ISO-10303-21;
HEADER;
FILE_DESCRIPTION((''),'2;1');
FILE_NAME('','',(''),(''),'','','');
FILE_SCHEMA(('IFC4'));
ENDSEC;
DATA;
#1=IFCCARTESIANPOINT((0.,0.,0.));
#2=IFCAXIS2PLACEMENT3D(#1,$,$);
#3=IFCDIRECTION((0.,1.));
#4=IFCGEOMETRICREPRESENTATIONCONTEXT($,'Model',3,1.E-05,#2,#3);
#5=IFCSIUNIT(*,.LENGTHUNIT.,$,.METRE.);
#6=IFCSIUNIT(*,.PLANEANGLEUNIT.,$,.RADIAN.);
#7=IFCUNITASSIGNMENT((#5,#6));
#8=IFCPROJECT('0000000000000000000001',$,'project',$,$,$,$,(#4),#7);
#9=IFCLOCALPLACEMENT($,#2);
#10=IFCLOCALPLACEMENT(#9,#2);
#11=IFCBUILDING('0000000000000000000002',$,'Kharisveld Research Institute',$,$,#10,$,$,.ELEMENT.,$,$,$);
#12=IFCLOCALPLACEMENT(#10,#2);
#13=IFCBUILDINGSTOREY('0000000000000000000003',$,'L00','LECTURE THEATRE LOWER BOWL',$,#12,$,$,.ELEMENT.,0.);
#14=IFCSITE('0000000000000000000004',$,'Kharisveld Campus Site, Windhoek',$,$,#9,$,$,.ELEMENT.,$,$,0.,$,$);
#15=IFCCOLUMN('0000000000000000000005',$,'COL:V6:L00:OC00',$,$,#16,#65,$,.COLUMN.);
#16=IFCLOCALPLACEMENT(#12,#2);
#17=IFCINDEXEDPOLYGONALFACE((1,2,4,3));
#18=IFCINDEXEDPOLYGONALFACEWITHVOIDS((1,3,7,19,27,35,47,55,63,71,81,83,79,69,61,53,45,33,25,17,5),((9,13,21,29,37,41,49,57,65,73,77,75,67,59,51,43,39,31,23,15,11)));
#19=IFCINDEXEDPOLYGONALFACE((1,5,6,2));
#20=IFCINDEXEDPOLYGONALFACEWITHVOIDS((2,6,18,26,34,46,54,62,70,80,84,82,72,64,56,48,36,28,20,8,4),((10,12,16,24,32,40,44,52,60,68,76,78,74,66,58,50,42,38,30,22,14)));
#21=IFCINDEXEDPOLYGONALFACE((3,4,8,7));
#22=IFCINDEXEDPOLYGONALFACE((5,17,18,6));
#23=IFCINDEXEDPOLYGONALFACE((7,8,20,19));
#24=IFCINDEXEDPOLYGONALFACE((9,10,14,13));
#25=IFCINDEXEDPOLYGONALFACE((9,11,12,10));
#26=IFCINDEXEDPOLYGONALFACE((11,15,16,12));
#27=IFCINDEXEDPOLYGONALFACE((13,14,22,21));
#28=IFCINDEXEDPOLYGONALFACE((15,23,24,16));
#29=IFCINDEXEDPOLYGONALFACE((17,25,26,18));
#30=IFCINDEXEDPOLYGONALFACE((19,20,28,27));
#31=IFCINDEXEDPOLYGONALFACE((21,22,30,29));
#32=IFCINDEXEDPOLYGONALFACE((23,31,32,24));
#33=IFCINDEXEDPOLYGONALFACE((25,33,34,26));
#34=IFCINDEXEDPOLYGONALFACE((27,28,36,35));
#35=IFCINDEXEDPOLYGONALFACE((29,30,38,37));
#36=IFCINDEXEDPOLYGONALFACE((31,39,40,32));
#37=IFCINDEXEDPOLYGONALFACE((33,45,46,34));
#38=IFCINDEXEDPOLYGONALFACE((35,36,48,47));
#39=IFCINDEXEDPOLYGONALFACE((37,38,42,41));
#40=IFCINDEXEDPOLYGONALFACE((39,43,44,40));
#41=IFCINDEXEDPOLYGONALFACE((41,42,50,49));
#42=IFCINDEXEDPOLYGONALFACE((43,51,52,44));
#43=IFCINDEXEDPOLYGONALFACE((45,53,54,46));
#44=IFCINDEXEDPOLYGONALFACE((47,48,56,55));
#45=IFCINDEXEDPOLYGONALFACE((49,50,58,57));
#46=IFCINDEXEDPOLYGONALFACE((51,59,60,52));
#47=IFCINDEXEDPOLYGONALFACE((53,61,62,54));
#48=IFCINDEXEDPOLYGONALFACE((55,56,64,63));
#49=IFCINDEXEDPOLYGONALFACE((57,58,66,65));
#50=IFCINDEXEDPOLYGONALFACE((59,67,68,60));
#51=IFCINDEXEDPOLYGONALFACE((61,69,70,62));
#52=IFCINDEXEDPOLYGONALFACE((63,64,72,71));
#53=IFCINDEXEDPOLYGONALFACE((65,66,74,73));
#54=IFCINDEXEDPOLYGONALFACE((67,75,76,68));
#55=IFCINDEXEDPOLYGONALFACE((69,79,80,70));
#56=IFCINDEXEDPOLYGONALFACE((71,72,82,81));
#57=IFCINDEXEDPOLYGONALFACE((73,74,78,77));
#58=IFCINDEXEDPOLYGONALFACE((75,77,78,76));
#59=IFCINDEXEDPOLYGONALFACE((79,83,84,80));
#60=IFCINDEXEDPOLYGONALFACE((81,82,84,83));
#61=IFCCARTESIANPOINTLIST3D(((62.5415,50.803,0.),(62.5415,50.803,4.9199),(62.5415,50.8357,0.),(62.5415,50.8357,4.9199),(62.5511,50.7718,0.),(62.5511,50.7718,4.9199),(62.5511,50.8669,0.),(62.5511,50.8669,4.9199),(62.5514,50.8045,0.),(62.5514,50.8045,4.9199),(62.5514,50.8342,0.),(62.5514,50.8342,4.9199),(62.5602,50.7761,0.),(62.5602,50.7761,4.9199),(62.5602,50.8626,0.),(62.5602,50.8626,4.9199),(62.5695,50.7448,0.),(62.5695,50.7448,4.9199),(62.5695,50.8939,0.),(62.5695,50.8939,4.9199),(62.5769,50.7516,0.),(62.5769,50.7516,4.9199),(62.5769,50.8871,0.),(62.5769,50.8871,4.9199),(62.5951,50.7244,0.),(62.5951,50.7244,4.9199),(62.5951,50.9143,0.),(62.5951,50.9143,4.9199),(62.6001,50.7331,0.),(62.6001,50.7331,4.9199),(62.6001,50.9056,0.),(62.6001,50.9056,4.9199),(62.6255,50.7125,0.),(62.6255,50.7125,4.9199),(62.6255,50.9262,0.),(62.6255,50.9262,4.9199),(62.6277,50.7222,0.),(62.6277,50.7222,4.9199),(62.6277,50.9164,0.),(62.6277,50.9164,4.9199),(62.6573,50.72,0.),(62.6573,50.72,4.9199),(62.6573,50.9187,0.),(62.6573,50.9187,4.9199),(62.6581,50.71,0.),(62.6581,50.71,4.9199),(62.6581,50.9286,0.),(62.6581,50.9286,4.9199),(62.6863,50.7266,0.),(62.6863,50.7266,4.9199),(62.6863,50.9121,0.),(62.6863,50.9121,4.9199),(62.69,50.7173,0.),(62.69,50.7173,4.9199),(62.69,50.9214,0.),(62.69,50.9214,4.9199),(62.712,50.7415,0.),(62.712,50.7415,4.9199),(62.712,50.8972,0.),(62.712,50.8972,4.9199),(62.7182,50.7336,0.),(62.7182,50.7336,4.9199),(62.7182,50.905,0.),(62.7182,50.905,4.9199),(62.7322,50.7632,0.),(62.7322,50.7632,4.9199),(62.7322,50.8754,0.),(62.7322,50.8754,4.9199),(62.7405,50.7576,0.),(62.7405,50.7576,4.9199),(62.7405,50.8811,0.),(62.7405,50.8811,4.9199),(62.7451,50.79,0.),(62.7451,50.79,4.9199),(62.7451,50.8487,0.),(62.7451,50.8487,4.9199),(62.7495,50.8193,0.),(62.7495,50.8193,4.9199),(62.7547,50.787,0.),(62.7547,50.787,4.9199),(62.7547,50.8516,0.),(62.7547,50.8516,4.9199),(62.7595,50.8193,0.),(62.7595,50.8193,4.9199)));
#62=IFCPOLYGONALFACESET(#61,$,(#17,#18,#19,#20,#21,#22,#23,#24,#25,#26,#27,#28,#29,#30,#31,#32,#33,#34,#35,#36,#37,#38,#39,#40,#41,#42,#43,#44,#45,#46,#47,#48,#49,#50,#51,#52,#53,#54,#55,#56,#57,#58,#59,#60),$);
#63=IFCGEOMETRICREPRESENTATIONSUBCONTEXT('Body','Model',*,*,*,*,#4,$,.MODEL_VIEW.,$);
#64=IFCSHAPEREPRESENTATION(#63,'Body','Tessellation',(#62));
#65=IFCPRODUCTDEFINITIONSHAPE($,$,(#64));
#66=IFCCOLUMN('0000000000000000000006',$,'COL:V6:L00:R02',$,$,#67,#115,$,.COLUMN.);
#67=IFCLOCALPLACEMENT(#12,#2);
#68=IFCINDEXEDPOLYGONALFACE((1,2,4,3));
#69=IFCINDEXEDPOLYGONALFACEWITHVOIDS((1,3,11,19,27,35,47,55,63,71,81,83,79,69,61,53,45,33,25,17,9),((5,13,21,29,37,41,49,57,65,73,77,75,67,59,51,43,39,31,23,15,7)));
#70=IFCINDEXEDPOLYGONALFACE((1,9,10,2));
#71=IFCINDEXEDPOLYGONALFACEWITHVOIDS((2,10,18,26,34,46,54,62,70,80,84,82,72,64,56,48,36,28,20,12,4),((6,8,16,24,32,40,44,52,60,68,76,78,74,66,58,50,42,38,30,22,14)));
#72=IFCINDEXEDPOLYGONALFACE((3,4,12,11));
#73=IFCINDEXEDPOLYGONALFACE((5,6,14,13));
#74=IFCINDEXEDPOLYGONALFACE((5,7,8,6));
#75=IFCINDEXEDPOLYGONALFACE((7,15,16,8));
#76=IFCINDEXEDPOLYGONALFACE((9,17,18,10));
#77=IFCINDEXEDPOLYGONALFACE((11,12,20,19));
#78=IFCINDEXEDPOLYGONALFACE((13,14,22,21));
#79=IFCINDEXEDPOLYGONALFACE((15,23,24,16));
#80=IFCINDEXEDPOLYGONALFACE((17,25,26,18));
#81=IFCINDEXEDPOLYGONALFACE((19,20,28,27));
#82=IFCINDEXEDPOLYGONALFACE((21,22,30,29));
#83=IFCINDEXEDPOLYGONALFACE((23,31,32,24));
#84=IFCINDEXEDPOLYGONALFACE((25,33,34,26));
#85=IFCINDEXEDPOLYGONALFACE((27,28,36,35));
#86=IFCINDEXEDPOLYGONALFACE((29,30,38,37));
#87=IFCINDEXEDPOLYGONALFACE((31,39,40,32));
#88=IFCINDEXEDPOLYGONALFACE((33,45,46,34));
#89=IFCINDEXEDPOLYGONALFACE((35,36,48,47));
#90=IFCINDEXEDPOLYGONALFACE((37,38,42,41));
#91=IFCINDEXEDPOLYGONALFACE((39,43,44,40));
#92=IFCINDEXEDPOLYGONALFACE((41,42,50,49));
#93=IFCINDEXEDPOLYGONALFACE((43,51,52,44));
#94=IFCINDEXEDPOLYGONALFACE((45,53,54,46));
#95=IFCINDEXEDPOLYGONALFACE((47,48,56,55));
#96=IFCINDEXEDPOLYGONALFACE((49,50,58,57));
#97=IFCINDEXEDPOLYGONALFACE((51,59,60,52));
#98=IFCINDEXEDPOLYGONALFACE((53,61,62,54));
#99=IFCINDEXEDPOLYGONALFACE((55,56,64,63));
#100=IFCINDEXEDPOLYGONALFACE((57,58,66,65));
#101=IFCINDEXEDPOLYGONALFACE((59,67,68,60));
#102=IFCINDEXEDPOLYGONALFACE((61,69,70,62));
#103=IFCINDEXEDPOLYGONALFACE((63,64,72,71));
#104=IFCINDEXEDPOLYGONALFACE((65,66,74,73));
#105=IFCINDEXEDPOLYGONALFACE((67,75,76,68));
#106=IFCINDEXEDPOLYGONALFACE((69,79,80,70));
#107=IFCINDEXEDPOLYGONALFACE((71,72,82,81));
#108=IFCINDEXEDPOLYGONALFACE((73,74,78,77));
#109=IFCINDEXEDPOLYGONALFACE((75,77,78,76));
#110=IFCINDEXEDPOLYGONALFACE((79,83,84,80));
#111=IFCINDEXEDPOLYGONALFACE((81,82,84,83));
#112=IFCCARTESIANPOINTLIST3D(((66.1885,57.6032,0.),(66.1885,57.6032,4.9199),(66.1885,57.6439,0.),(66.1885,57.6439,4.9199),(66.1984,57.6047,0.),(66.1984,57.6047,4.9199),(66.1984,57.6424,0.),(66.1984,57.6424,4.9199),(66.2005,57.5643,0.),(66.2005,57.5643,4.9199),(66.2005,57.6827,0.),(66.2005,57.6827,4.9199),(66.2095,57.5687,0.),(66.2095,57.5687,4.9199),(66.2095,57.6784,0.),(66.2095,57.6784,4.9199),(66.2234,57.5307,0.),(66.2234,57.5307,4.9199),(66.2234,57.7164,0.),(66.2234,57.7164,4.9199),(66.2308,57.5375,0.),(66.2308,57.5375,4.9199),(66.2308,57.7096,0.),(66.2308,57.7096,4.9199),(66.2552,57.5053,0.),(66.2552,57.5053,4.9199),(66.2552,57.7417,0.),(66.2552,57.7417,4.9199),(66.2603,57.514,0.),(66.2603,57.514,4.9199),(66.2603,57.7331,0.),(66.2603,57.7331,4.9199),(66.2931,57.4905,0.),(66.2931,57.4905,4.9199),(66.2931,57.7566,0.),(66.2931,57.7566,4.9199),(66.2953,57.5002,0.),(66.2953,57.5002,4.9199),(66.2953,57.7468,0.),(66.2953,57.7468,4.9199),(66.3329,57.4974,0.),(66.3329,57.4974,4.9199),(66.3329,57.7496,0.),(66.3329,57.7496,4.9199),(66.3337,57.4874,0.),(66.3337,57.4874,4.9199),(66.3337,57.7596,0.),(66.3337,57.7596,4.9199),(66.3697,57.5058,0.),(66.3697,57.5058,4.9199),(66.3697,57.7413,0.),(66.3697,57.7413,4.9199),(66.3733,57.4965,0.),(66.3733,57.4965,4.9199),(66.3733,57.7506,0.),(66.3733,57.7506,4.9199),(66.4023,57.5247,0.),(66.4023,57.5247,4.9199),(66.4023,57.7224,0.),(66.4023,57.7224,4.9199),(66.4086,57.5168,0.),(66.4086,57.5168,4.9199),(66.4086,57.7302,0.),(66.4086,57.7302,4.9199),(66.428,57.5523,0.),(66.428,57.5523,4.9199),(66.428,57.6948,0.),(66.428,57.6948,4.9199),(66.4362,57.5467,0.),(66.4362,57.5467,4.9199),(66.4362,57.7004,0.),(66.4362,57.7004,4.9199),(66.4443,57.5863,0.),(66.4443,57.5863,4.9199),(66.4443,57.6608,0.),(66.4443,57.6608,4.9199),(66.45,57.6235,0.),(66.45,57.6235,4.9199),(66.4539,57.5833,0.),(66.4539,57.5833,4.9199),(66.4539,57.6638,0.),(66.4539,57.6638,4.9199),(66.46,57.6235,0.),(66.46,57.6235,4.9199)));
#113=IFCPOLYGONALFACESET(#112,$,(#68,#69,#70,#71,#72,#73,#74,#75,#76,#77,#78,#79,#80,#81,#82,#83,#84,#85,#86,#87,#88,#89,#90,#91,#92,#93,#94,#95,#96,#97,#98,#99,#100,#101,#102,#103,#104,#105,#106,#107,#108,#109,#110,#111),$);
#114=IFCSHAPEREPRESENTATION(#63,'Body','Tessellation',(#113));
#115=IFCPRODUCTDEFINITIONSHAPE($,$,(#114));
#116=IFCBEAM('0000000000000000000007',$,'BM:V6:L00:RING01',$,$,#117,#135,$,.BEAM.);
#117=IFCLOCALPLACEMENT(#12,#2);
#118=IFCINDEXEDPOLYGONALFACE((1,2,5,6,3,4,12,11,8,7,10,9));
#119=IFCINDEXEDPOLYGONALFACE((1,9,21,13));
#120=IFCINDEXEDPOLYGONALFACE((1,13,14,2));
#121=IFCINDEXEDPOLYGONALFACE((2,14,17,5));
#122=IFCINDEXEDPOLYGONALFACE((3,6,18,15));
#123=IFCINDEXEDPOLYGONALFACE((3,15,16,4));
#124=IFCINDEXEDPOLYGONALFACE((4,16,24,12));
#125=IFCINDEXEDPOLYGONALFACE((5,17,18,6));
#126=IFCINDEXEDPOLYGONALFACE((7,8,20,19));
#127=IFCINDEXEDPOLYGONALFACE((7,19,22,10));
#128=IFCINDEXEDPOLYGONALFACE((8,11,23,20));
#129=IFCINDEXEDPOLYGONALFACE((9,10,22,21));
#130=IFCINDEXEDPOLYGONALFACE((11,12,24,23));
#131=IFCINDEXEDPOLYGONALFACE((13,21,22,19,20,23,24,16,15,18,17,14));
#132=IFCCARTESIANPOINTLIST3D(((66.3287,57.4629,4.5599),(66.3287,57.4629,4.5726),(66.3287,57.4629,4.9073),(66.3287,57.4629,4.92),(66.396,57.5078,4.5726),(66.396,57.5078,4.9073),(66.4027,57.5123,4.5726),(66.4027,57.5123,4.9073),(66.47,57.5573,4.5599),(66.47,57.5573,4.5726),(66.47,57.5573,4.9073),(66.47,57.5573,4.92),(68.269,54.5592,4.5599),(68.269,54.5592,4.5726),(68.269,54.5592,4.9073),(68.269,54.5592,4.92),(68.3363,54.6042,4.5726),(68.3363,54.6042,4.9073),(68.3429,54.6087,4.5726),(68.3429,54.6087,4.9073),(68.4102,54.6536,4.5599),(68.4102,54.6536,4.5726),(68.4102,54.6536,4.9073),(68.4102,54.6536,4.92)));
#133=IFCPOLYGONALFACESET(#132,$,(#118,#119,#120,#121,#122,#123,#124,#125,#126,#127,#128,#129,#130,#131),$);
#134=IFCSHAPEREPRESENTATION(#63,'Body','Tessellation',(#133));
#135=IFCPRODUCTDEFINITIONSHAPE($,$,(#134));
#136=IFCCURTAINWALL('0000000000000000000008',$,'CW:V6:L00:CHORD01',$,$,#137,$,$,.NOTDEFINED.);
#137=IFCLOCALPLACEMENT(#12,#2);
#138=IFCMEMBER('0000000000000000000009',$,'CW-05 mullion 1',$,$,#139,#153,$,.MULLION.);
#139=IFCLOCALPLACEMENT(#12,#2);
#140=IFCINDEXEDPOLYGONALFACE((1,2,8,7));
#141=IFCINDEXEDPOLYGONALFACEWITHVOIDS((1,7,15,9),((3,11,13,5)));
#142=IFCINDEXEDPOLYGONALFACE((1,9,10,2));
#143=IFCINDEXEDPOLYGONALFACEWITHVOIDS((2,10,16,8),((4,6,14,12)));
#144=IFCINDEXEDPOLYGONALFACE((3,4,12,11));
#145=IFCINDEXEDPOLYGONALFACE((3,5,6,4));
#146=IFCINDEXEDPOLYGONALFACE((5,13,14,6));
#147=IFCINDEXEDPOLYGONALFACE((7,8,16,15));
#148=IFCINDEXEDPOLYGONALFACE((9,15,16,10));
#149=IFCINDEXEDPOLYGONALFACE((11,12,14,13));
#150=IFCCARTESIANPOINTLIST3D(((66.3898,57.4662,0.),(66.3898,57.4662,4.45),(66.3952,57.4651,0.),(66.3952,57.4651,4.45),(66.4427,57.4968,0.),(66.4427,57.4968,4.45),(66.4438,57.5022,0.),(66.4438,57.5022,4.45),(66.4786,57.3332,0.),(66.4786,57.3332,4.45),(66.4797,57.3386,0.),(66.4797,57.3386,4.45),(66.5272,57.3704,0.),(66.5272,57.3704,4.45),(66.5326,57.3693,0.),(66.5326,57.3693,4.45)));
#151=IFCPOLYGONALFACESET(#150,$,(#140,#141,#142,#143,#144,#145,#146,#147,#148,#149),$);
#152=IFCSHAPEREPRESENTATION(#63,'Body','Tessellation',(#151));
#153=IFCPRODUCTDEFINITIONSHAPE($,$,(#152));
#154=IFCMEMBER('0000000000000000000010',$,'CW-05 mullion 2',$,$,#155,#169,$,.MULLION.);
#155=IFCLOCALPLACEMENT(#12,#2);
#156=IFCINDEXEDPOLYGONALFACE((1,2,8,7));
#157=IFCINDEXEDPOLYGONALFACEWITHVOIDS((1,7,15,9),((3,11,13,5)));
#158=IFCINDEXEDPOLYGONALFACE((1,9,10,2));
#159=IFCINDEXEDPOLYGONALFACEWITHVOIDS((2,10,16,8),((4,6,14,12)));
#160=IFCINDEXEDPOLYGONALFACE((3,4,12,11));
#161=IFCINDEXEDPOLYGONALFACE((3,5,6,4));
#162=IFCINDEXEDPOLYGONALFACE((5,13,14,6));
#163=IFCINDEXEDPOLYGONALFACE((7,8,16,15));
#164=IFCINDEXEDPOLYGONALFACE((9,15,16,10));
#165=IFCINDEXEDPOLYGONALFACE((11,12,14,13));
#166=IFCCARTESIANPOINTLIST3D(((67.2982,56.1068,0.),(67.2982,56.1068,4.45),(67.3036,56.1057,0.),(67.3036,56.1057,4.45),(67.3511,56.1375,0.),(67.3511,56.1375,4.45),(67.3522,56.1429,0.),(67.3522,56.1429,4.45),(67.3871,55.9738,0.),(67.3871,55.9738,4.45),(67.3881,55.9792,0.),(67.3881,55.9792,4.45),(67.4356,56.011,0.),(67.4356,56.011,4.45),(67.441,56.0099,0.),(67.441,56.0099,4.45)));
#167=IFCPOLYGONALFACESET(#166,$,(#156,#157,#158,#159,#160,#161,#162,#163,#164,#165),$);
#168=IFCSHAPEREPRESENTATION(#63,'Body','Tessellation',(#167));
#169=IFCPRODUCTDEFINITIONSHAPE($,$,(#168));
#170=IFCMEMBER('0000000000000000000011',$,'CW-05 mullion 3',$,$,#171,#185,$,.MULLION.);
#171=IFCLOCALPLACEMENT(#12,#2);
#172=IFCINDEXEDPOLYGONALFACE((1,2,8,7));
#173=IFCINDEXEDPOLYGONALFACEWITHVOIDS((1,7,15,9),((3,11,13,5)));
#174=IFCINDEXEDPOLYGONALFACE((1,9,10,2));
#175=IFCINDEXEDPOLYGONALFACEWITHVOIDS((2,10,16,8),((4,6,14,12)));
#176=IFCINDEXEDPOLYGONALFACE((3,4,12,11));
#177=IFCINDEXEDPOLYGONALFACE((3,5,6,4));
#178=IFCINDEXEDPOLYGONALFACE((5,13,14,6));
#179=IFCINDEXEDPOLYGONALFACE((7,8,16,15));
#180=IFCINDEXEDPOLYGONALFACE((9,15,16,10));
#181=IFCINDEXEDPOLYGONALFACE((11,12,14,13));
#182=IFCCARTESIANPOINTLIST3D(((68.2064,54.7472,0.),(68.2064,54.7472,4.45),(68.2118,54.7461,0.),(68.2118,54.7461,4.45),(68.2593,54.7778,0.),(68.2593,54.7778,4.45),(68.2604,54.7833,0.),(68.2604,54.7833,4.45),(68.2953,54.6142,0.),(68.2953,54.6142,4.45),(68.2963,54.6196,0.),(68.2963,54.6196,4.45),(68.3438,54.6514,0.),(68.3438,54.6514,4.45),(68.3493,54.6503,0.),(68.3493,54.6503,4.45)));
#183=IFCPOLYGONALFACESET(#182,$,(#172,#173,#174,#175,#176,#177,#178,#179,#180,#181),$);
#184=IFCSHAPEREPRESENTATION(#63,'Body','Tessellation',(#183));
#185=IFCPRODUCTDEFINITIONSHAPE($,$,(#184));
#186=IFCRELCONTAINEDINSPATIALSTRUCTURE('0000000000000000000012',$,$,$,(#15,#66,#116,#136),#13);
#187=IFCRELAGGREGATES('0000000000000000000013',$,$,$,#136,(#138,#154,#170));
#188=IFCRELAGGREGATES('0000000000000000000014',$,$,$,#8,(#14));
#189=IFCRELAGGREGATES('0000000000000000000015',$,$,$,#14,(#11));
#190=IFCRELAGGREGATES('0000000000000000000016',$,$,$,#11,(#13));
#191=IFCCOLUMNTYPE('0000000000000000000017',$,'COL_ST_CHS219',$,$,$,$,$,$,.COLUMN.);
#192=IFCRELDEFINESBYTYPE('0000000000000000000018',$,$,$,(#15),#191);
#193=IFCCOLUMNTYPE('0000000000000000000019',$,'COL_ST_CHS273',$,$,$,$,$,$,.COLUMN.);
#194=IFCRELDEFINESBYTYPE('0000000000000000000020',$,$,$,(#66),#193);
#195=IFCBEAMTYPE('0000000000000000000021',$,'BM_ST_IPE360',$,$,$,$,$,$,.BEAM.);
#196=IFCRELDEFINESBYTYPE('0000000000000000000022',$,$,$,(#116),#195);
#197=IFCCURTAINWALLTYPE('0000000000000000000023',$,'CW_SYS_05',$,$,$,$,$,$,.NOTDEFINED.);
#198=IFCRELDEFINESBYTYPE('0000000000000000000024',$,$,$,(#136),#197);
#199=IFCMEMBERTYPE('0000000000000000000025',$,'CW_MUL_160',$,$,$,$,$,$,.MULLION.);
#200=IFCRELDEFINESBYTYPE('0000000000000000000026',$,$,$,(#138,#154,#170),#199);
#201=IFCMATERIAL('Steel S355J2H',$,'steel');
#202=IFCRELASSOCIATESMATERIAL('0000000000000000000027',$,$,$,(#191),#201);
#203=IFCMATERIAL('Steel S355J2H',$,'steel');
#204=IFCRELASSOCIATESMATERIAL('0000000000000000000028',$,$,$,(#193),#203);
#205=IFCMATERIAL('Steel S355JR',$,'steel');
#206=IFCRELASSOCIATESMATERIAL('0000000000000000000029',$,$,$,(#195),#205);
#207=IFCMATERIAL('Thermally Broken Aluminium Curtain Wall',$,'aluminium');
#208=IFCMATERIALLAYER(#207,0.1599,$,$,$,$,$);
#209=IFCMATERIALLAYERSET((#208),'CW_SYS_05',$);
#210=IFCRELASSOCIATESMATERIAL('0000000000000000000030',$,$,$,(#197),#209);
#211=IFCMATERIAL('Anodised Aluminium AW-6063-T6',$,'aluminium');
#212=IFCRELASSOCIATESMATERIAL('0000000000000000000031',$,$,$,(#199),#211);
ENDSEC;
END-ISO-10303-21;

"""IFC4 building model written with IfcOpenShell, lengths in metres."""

from ifc_helpers import new_model, si_unit, direction, frame, origin, origin_2d, place, context, subcontext, project, spatial, hollow_rectangle, hollow_circle, i_section, extrude, material, layer, layer_set, material_profile, profile_set, type_object, element, aggregate, save


model = new_model("IFC4")

# Units and contexts
model_context = context("Model", 3, precision=1e-05, world=origin(), true_north=direction((0.0, 1.0)))
body_context = subcontext(model_context, "Body", "Model", "MODEL_VIEW")
ifc_project = project(units=[si_unit("LENGTHUNIT", "METRE"), si_unit("PLANEANGLEUNIT", "RADIAN")], contexts=[model_context])

# Site, building, storey
site_placement = place(None, origin())
site = spatial("IfcSite", under=ifc_project, at=site_placement, Name="Kharisveld Campus Site, Windhoek", CompositionType="ELEMENT", RefElevation=0.0)
building_placement = place(site_placement, origin())
building = spatial("IfcBuilding", under=site, at=building_placement, Name="Kharisveld Research Institute", CompositionType="ELEMENT")
storey_placement = place(building_placement, origin())
storey = spatial("IfcBuildingStorey", under=building, at=storey_placement, Name="L00", Description="LECTURE THEATRE LOWER BOWL", CompositionType="ELEMENT", Elevation=0.0)

# Columns
ifc_material_1 = material(Name="Steel S355J2H", Category="steel")
ifc_material_profile_1 = material_profile(ifc_material_1, hollow_circle(Radius=0.1096, WallThickness=0.01, at=origin_2d()))
ifc_profile_set_1 = profile_set([ifc_material_profile_1], Name="Steel S355J2H")
column_type_1 = type_object("IfcColumnType", Name="COL_ST_CHS219", PredefinedType="COLUMN", material=ifc_profile_set_1)
column_1_placement = place(storey_placement, frame((62.6499, 50.8193, 0.0), z_axis=(0.0, 0.0, 1.0), x_axis=(1.0, 0.0, 0.0)))
element("IfcColumn", 1, at=column_1_placement, inside=storey, type_object=column_type_1, Name="COL:V6:L00:OC00", PredefinedType="COLUMN", context=body_context, shape_type="SweptSolid", body=[
    extrude(hollow_circle(Radius=0.1096, WallThickness=0.01, at=origin_2d()), origin(), (0.0, 0.0, 1.0), 4.9199),
])
ifc_material_2 = material(Name="Steel S355J2H", Category="steel")
ifc_material_profile_2 = material_profile(ifc_material_2, hollow_circle(Radius=0.1365, WallThickness=0.01, at=origin_2d()))
ifc_profile_set_2 = profile_set([ifc_material_profile_2], Name="Steel S355J2H")
column_type_2 = type_object("IfcColumnType", Name="COL_ST_CHS273", PredefinedType="COLUMN", material=ifc_profile_set_2)
column_2_placement = place(storey_placement, frame((66.3235, 57.6235, 0.0), z_axis=(0.0, 0.0, 1.0), x_axis=(1.0, 0.0, 0.0)))
element("IfcColumn", 2, at=column_2_placement, inside=storey, type_object=column_type_2, Name="COL:V6:L00:R02", PredefinedType="COLUMN", context=body_context, shape_type="SweptSolid", body=[
    extrude(hollow_circle(Radius=0.1365, WallThickness=0.01, at=origin_2d()), origin(), (0.0, 0.0, 1.0), 4.9199),
])

# Beam
ifc_material_3 = material(Name="Steel S355JR", Category="steel")
ifc_material_profile_3 = material_profile(ifc_material_3, i_section(OverallWidth=0.1699, OverallDepth=0.3601, WebThickness=0.0081, FlangeThickness=0.0127, at=origin_2d()))
ifc_profile_set_3 = profile_set([ifc_material_profile_3], Name="Steel S355JR")
beam_type = type_object("IfcBeamType", Name="BM_ST_IPE360", PredefinedType="BEAM", material=ifc_profile_set_3)
beam_placement = place(storey_placement, frame((68.3396, 54.6064, 4.74), z_axis=(-0.555587, 0.831458, 0.0), x_axis=(-0.831458, -0.555587, 0.0)))
element("IfcBeam", 3, at=beam_placement, inside=storey, type_object=beam_type, Name="BM:V6:L00:RING01", PredefinedType="BEAM", context=body_context, shape_type="SweptSolid", body=[
    extrude(i_section(OverallWidth=0.1699, OverallDepth=0.3601, WebThickness=0.0081, FlangeThickness=0.0127, at=origin_2d()), origin(), (0.0, 0.0, 1.0), 3.4922),
])

# Curtain wall, members
ifc_material_4 = material(Name="Thermally Broken Aluminium Curtain Wall", Category="aluminium")
ifc_layer_1 = layer(ifc_material_4, 0.1599)
ifc_layer_set_1 = layer_set([ifc_layer_1], Name="CW_SYS_05")
curtain_wall_type = type_object("IfcCurtainWallType", Name="CW_SYS_05", PredefinedType="NOTDEFINED", material=ifc_layer_set_1)
curtain_wall_1_placement = place(storey_placement, origin())
curtain_wall_1 = element("IfcCurtainWall", 4, at=curtain_wall_1_placement, inside=storey, type_object=curtain_wall_type, Name="CW:V6:L00:CHORD01", PredefinedType="NOTDEFINED")
ifc_material_5 = material(Name="Anodised Aluminium AW-6063-T6", Category="aluminium")
ifc_material_profile_4 = material_profile(ifc_material_5, hollow_rectangle(XDim=0.0649, YDim=0.1599, WallThickness=0.0039, at=origin_2d()))
ifc_profile_set_4 = profile_set([ifc_material_profile_4], Name="Anodised Aluminium AW-6063-T6")
member_type_1 = type_object("IfcMemberType", Name="CW_MUL_160", PredefinedType="MULLION", material=ifc_profile_set_4)
member_1_placement = place(storey_placement, frame((66.4612, 57.4177, 0.0), z_axis=(0.0, 0.0, 1.0), x_axis=(0.83147, 0.55557, 0.0)))
member_1 = element("IfcMember", 5, at=member_1_placement, type_object=member_type_1, Name="CW-05 mullion 1", PredefinedType="MULLION", context=body_context, shape_type="SweptSolid", body=[
    extrude(hollow_rectangle(XDim=0.0649, YDim=0.1599, WallThickness=0.0039, at=origin_2d()), origin(), (0.0, 0.0, 1.0), 4.45),
])
member_2_placement = place(storey_placement, frame((67.3696, 56.0583, 0.0), z_axis=(0.0, 0.0, 1.0), x_axis=(0.83147, 0.55557, 0.0)))
member_2 = element("IfcMember", 6, at=member_2_placement, type_object=member_type_1, Name="CW-05 mullion 2", PredefinedType="MULLION", context=body_context, shape_type="SweptSolid", body=[
    extrude(hollow_rectangle(XDim=0.0649, YDim=0.1599, WallThickness=0.0039, at=origin_2d()), origin(), (0.0, 0.0, 1.0), 4.45),
])
member_3_placement = place(storey_placement, frame((68.2778, 54.6987, 0.0), z_axis=(0.0, 0.0, 1.0), x_axis=(0.83147, 0.55557, 0.0)))
member_3 = element("IfcMember", 7, at=member_3_placement, type_object=member_type_1, Name="CW-05 mullion 3", PredefinedType="MULLION", context=body_context, shape_type="SweptSolid", body=[
    extrude(hollow_rectangle(XDim=0.0649, YDim=0.1599, WallThickness=0.0039, at=origin_2d()), origin(), (0.0, 0.0, 1.0), 4.45),
])

aggregate(curtain_wall_1, [member_1, member_2, member_3])

save(model, "model.ifc")
